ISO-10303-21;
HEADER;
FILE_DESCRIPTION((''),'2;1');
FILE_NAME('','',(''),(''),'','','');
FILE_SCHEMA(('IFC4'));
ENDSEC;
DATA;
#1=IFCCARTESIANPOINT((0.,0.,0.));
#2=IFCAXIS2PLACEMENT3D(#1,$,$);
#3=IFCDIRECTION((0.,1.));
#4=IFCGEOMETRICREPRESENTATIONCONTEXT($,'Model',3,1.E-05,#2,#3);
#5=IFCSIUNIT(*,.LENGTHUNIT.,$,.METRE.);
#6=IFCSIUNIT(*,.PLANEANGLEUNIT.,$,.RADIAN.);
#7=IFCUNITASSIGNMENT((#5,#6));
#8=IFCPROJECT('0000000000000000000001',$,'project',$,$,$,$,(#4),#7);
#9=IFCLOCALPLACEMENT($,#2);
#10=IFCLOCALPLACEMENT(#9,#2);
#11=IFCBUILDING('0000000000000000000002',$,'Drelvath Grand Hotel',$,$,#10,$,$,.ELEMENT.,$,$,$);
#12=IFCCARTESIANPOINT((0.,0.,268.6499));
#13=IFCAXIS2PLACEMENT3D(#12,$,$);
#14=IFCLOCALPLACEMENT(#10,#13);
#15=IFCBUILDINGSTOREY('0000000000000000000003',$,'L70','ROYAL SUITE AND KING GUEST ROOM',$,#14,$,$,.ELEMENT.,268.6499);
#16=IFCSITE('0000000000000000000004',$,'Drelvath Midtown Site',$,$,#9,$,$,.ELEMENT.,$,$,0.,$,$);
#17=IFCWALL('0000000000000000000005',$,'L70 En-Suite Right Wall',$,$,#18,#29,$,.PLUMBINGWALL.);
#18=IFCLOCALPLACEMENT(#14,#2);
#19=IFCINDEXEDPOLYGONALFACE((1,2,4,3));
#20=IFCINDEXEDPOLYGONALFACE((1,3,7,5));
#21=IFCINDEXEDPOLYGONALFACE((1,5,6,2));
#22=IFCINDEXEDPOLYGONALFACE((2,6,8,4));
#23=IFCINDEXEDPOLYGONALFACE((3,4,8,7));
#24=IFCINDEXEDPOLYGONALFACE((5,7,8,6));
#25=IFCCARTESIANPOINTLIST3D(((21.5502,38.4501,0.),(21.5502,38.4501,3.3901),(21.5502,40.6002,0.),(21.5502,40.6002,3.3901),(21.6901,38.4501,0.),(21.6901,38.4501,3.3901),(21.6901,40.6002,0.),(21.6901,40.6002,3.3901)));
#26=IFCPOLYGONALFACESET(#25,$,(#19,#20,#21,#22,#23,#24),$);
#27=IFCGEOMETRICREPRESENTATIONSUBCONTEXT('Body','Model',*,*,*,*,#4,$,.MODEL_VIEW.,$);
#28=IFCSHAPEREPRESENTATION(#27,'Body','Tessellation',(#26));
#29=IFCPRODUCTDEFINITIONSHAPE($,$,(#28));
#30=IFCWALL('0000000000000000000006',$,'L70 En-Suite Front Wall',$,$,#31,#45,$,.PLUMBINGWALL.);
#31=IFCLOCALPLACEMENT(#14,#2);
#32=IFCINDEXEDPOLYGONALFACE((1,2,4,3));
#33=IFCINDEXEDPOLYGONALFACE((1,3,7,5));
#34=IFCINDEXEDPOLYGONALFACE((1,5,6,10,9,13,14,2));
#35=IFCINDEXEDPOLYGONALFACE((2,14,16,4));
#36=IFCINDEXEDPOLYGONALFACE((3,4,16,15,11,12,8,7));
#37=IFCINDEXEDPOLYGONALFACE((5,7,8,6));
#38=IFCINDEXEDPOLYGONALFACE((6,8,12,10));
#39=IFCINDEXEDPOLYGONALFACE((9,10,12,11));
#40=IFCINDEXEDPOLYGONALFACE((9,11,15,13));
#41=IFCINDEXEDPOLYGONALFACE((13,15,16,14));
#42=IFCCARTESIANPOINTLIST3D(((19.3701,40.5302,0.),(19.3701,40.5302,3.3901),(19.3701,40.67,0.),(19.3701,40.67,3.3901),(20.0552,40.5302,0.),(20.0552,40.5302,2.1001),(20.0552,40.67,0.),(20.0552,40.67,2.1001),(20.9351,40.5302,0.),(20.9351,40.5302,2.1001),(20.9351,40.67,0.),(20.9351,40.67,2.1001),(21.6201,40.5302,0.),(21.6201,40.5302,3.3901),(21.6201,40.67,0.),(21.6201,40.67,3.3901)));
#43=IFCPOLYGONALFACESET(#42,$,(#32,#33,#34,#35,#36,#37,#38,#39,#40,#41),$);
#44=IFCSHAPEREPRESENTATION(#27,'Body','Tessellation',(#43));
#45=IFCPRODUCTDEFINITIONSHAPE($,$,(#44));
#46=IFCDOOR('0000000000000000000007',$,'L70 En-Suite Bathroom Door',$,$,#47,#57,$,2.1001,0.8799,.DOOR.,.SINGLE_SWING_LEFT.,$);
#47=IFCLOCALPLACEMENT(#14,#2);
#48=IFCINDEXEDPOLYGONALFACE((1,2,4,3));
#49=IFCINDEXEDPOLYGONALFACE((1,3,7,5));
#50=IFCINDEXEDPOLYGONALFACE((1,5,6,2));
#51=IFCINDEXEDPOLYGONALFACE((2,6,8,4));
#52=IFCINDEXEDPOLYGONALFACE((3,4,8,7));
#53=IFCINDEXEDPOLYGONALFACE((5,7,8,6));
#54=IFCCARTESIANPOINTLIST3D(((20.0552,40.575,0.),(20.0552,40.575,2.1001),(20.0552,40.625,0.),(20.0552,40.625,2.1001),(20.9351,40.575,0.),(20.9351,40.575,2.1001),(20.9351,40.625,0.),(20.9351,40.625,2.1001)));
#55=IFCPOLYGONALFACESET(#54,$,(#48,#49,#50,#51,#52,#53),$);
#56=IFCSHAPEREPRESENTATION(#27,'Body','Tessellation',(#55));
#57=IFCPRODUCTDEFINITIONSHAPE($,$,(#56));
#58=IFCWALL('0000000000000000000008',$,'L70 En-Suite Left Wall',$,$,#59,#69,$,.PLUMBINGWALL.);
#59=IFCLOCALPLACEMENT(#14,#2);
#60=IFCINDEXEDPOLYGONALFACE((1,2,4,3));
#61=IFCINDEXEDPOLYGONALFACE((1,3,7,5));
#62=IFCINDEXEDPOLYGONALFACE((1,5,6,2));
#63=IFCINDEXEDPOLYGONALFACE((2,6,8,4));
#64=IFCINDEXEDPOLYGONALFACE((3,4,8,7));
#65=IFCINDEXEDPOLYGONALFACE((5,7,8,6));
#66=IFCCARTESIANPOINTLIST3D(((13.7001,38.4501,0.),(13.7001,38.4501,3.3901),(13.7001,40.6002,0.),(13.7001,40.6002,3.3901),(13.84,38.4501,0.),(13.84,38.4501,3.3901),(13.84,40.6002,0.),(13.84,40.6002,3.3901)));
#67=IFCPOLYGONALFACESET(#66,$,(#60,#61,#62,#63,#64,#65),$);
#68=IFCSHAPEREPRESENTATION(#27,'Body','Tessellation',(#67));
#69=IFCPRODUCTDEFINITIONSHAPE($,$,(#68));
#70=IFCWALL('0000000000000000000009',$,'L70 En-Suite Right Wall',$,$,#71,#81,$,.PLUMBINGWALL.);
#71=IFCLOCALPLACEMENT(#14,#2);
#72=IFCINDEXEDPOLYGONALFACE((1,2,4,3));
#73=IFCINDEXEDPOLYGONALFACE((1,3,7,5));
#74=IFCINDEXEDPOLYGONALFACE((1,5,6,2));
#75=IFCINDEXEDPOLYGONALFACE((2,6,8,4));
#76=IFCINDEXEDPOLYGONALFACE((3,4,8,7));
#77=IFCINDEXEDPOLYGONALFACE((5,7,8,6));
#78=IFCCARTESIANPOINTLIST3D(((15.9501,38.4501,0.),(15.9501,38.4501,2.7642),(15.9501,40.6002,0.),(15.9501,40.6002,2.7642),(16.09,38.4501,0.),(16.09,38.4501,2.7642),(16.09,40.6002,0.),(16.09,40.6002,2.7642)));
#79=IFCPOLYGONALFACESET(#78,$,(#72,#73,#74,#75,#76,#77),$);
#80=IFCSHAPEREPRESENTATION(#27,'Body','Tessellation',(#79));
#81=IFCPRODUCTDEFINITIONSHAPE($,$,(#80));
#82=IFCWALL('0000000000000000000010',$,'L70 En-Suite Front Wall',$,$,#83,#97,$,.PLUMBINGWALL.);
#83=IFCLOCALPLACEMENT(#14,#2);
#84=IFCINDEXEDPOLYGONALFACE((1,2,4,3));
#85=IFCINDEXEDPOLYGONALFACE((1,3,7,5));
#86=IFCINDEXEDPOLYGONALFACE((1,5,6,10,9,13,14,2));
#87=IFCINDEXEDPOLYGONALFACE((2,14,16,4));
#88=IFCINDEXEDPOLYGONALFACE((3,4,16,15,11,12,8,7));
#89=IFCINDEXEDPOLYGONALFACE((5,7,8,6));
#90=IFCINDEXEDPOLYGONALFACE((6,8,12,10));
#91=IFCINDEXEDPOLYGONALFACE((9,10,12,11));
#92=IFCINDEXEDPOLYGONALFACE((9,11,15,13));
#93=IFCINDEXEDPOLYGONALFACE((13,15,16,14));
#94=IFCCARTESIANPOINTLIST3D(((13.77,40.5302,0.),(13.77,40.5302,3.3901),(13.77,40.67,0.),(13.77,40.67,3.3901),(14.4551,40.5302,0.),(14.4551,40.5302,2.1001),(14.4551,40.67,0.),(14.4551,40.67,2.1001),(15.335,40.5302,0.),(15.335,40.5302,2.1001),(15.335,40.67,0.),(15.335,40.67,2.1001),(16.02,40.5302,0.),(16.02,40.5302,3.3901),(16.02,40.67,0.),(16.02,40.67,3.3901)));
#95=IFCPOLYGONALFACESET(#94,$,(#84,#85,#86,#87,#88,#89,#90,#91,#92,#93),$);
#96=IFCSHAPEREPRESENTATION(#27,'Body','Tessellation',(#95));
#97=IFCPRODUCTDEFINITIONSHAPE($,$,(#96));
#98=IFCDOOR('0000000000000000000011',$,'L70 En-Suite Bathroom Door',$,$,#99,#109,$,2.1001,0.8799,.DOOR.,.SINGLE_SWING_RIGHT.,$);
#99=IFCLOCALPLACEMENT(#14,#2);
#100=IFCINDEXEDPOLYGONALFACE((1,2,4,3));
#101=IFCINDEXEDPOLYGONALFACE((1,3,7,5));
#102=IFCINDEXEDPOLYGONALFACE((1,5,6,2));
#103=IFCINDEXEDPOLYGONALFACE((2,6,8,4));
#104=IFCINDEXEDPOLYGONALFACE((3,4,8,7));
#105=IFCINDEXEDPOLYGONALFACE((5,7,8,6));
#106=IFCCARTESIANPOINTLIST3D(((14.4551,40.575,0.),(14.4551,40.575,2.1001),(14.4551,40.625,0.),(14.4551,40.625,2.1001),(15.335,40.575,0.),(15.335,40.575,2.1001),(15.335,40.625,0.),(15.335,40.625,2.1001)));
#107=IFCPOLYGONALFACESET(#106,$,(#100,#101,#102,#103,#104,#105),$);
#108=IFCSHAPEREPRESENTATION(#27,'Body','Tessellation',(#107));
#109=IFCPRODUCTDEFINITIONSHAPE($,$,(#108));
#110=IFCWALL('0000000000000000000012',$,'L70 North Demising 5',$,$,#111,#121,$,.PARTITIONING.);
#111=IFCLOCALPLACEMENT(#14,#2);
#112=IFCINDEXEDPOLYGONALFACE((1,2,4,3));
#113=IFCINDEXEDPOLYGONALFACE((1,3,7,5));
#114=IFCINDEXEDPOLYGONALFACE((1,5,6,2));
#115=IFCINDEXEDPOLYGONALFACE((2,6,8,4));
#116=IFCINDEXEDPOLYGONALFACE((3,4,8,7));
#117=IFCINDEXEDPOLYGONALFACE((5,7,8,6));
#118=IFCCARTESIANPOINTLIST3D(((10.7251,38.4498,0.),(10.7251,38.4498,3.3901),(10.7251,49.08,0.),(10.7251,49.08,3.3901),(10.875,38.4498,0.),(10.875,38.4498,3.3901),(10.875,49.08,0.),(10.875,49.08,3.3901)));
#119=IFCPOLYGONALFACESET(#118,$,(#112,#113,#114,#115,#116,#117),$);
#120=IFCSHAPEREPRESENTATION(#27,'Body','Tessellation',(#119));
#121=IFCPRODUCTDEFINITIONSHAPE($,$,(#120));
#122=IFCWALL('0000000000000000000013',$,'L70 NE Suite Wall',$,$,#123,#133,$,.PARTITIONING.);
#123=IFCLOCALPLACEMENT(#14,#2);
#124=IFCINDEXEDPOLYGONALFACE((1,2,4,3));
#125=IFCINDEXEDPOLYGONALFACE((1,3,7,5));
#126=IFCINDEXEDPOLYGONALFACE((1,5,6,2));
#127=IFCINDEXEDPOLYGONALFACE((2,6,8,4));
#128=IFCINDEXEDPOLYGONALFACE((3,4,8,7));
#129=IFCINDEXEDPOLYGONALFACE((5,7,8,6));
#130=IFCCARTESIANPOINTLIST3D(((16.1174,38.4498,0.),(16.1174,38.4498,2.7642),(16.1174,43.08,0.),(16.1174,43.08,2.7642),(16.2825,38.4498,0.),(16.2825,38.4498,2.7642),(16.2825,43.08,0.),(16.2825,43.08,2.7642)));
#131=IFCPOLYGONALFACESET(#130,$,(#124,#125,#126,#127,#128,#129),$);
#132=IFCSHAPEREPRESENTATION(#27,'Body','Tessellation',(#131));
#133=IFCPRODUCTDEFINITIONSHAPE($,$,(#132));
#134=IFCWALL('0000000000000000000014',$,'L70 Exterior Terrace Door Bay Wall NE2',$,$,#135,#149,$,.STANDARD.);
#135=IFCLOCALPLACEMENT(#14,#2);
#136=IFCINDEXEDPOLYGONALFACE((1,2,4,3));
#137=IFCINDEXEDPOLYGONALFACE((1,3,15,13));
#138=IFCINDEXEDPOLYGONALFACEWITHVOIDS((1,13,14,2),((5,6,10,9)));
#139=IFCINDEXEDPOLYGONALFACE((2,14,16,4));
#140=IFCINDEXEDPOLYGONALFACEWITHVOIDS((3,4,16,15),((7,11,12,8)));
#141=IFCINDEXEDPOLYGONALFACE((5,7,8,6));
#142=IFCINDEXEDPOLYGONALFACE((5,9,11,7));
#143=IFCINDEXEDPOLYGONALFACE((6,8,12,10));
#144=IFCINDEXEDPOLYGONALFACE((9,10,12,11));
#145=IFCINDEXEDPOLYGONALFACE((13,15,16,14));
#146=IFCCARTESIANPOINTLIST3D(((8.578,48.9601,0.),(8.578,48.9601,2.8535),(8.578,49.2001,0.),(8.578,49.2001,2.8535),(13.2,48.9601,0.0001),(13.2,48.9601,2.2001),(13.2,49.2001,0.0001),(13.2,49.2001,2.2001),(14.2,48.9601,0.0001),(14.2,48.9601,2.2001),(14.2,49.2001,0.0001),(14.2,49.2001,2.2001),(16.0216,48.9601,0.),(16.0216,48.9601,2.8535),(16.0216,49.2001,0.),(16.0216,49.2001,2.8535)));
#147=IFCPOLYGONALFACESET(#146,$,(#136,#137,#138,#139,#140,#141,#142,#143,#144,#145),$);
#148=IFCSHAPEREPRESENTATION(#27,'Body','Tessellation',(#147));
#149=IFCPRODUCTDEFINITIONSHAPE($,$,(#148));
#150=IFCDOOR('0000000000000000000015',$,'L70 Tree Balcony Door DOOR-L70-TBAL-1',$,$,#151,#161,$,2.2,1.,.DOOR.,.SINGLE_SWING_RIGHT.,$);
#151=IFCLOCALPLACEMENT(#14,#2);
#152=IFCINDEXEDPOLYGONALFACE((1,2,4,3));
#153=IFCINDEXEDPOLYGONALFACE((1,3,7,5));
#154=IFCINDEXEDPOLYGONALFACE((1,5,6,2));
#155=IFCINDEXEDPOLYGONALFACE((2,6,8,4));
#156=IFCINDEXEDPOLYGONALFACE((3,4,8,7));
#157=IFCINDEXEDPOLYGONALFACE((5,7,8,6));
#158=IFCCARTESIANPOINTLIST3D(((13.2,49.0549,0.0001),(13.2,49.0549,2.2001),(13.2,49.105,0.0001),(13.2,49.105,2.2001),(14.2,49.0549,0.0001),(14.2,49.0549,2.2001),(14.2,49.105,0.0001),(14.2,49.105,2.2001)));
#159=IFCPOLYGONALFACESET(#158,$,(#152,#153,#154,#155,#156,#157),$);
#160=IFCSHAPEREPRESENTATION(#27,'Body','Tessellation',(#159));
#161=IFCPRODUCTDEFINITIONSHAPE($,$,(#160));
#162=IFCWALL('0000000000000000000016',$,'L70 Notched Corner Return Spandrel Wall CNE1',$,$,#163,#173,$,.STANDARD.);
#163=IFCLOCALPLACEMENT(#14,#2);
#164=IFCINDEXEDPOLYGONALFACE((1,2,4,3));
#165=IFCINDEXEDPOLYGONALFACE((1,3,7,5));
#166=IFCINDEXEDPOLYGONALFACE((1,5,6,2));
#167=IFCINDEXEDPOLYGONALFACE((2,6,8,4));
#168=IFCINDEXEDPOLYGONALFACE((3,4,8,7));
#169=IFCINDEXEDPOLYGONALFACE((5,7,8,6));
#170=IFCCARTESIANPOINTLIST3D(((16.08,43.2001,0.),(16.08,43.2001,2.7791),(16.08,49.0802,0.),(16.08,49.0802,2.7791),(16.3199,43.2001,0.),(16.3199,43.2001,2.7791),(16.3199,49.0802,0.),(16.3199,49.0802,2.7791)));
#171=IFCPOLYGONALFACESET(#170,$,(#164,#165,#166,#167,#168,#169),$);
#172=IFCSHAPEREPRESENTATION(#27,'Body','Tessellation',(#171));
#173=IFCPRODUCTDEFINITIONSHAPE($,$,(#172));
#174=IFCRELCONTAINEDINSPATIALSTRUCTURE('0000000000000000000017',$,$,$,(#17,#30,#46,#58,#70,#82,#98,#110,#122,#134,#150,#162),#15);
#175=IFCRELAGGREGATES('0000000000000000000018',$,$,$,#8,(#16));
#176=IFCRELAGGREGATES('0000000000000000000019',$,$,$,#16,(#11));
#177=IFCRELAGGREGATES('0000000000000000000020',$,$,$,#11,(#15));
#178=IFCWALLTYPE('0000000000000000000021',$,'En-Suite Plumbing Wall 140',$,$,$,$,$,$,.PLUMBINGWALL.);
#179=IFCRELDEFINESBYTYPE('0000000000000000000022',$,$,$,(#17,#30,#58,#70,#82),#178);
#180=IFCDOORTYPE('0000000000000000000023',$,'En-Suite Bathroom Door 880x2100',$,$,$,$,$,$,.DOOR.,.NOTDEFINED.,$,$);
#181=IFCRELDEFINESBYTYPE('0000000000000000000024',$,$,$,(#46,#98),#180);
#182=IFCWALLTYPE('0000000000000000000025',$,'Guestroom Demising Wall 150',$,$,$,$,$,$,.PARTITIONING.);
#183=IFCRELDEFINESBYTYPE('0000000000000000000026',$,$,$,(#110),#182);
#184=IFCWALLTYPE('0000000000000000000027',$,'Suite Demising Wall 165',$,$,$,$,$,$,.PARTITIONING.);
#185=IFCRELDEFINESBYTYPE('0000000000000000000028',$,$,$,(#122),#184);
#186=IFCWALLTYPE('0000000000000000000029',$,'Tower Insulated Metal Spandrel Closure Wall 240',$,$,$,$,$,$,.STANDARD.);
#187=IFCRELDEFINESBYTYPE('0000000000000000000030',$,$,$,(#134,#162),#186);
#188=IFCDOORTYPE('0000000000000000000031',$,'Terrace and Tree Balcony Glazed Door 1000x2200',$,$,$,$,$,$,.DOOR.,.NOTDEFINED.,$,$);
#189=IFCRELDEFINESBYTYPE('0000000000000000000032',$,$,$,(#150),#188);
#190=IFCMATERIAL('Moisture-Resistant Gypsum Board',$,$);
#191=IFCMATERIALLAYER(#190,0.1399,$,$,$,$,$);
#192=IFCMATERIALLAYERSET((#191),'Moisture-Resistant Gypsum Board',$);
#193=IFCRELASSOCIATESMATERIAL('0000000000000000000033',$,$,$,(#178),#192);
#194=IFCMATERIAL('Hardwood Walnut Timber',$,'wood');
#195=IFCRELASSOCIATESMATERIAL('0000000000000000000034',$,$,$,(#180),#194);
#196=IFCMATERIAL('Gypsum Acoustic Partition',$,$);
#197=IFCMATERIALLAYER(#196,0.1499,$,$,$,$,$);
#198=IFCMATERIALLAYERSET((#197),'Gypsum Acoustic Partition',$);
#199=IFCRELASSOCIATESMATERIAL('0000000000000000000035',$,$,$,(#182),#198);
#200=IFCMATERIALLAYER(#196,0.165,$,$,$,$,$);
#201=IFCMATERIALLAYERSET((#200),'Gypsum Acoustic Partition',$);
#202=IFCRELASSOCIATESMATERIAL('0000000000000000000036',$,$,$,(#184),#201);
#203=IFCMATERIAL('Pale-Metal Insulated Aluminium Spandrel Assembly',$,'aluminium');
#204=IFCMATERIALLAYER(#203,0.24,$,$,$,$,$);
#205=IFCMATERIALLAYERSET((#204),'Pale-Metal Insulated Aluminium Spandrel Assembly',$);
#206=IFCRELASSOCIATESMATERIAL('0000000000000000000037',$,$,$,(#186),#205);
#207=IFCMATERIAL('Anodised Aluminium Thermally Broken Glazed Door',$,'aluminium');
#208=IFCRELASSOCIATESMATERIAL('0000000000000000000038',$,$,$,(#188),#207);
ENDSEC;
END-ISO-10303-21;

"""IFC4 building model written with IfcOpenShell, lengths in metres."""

from ifc_helpers import new_model, si_unit, direction, frame, frame_2d, origin, place, context, subcontext, project, spatial, rectangle, extrude, material, layer, layer_set, type_object, element, fill, save


model = new_model("IFC4")

# Units and contexts
model_context = context("Model", 3, precision=1e-05, world=origin(), true_north=direction((0.0, 1.0)))
body_context = subcontext(model_context, "Body", "Model", "MODEL_VIEW")
ifc_project = project(units=[si_unit("LENGTHUNIT", "METRE"), si_unit("PLANEANGLEUNIT", "RADIAN")], contexts=[model_context])

# Site, building, storey
site_placement = place(None, origin())
site = spatial("IfcSite", under=ifc_project, at=site_placement, Name="Drelvath Midtown Site", CompositionType="ELEMENT", RefElevation=0.0)
building_placement = place(site_placement, origin())
building = spatial("IfcBuilding", under=site, at=building_placement, Name="Drelvath Grand Hotel", CompositionType="ELEMENT")
storey_placement = place(building_placement, frame((0.0, 0.0, 268.6499)))
storey = spatial("IfcBuildingStorey", under=building, at=storey_placement, Name="L70", Description="ROYAL SUITE AND KING GUEST ROOM", CompositionType="ELEMENT", Elevation=268.6499)

# Wall
ifc_material_1 = material(Name="Moisture-Resistant Gypsum Board")
ifc_layer_1 = layer(ifc_material_1, 0.1399)
ifc_layer_set_1 = layer_set([ifc_layer_1], Name="Moisture-Resistant Gypsum Board")
wall_type_1 = type_object("IfcWallType", Name="En-Suite Plumbing Wall 140", PredefinedType="PLUMBINGWALL", material=ifc_layer_set_1)
for number, where, z_axis, x_axis, name in (
    (1, (21.6201, 38.45, 0.0), (0.0, 0.0, 1.0), (0.0, 1.0, 0.0), "L70 En-Suite Right Wall"),
):
    element("IfcWall", number, at=place(storey_placement, frame(where, z_axis=z_axis, x_axis=x_axis)), inside=storey, type_object=wall_type_1, Name=name, PredefinedType="PLUMBINGWALL", context=body_context, shape_type="SweptSolid", body=[
        extrude(rectangle(XDim=2.1501, YDim=0.1399, at=frame_2d((1.0752, 0.0))), origin(), (0.0, 0.0, 1.0), 3.3901),
    ])

# Wall, opening, door
wall_1_placement = place(storey_placement, frame((19.3701, 40.6001, 0.0), z_axis=(0.0, 0.0, 1.0), x_axis=(1.0, 0.0, 0.0)))
wall_1 = element("IfcWall", 2, at=wall_1_placement, inside=storey, type_object=wall_type_1, Name="L70 En-Suite Front Wall", PredefinedType="PLUMBINGWALL", context=body_context, shape_type="SweptSolid", body=[
    extrude(rectangle(XDim=2.25, YDim=0.1399, at=frame_2d((1.125, 0.0))), origin(), (0.0, 0.0, 1.0), 3.3901),
])
opening_1_placement = place(wall_1_placement, frame((0.6851, 0.0, 0.0)))
opening_1 = element("IfcOpeningElement", 3, at=opening_1_placement, cuts=wall_1, PredefinedType="OPENING", context=body_context, shape_type="SweptSolid", body=[
    extrude(rectangle(XDim=0.8799, YDim=2.1001, at=frame_2d((0.4399, 1.05))), frame((0.0, 0.0798, 0.0), z_axis=(0.0, -1.0, 0.0), x_axis=(1.0, 0.0, 0.0)), (0.0, 0.0, 1.0), 0.1599),
])
ifc_material_2 = material(Name="Hardwood Walnut Timber", Category="wood")
door_type_1 = type_object("IfcDoorType", Name="En-Suite Bathroom Door 880x2100", OperationType="NOTDEFINED", PredefinedType="DOOR", material=ifc_material_2)
door_1_placement = place(opening_1_placement, origin())
door_1 = element("IfcDoor", 4, at=door_1_placement, inside=storey, type_object=door_type_1, Name="L70 En-Suite Bathroom Door", OperationType="SINGLE_SWING_LEFT", OverallHeight=2.1001, OverallWidth=0.8799, PredefinedType="DOOR", context=body_context, shape_type="SweptSolid", body=[
    extrude(rectangle(XDim=0.8799, YDim=2.1001, at=frame_2d((0.4399, 1.05))), frame((0.0, 0.0249, 0.0), z_axis=(0.0, -1.0, 0.0), x_axis=(1.0, 0.0, 0.0)), (0.0, 0.0, 1.0), 0.05),
])
fill(opening_1, door_1)

# Walls
wall_2_placement = place(storey_placement, frame((13.77, 38.45, 0.0), z_axis=(0.0, 0.0, 1.0), x_axis=(0.0, 1.0, 0.0)))
element("IfcWall", 5, at=wall_2_placement, inside=storey, type_object=wall_type_1, Name="L70 En-Suite Left Wall", PredefinedType="PLUMBINGWALL", context=body_context, shape_type="SweptSolid", body=[
    extrude(rectangle(XDim=2.1501, YDim=0.1399, at=frame_2d((1.0752, 0.0))), origin(), (0.0, 0.0, 1.0), 3.3901),
])
wall_3_placement = place(storey_placement, frame((16.02, 38.45, 0.0), z_axis=(0.0, 0.0, 1.0), x_axis=(0.0, 1.0, 0.0)))
element("IfcWall", 6, at=wall_3_placement, inside=storey, type_object=wall_type_1, Name="L70 En-Suite Right Wall", PredefinedType="PLUMBINGWALL", context=body_context, shape_type="SweptSolid", body=[
    extrude(rectangle(XDim=2.1501, YDim=0.1399, at=frame_2d((1.0752, 0.0))), origin(), (0.0, 0.0, 1.0), 2.7642),
])

# Wall, opening, door
wall_4_placement = place(storey_placement, frame((13.77, 40.6001, 0.0), z_axis=(0.0, 0.0, 1.0), x_axis=(1.0, 0.0, 0.0)))
wall_4 = element("IfcWall", 7, at=wall_4_placement, inside=storey, type_object=wall_type_1, Name="L70 En-Suite Front Wall", PredefinedType="PLUMBINGWALL", context=body_context, shape_type="SweptSolid", body=[
    extrude(rectangle(XDim=2.25, YDim=0.1399, at=frame_2d((1.125, 0.0))), origin(), (0.0, 0.0, 1.0), 3.3901),
])
opening_2_placement = place(wall_4_placement, frame((0.6851, 0.0, 0.0)))
opening_2 = element("IfcOpeningElement", 8, at=opening_2_placement, cuts=wall_4, PredefinedType="OPENING", context=body_context, shape_type="SweptSolid", body=[
    extrude(rectangle(XDim=0.8799, YDim=2.1001, at=frame_2d((0.4399, 1.05))), frame((0.0, 0.0798, 0.0), z_axis=(0.0, -1.0, 0.0), x_axis=(1.0, 0.0, 0.0)), (0.0, 0.0, 1.0), 0.1599),
])
door_2_placement = place(opening_2_placement, origin())
door_2 = element("IfcDoor", 9, at=door_2_placement, inside=storey, type_object=door_type_1, Name="L70 En-Suite Bathroom Door", OperationType="SINGLE_SWING_RIGHT", OverallHeight=2.1001, OverallWidth=0.8799, PredefinedType="DOOR", context=body_context, shape_type="SweptSolid", body=[
    extrude(rectangle(XDim=0.8799, YDim=2.1001, at=frame_2d((0.4399, 1.05))), frame((0.0, 0.0249, 0.0), z_axis=(0.0, -1.0, 0.0), x_axis=(1.0, 0.0, 0.0)), (0.0, 0.0, 1.0), 0.05),
])
fill(opening_2, door_2)

# Walls
ifc_material_3 = material(Name="Gypsum Acoustic Partition")
ifc_layer_2 = layer(ifc_material_3, 0.1499)
ifc_layer_set_2 = layer_set([ifc_layer_2], Name="Gypsum Acoustic Partition")
wall_type_2 = type_object("IfcWallType", Name="Guestroom Demising Wall 150", PredefinedType="PARTITIONING", material=ifc_layer_set_2)
wall_5_placement = place(storey_placement, frame((10.8, 38.45, 0.0), z_axis=(0.0, 0.0, 1.0), x_axis=(0.0, 1.0, 0.0)))
element("IfcWall", 10, at=wall_5_placement, inside=storey, type_object=wall_type_2, Name="L70 North Demising 5", PredefinedType="PARTITIONING", context=body_context, shape_type="SweptSolid", body=[
    extrude(rectangle(XDim=10.6301, YDim=0.1499, at=frame_2d((5.3149, 0.0))), origin(), (0.0, 0.0, 1.0), 3.3901),
])
ifc_layer_3 = layer(ifc_material_3, 0.165)
ifc_layer_set_3 = layer_set([ifc_layer_3], Name="Gypsum Acoustic Partition")
wall_type_3 = type_object("IfcWallType", Name="Suite Demising Wall 165", PredefinedType="PARTITIONING", material=ifc_layer_set_3)
wall_6_placement = place(storey_placement, frame((16.2, 38.45, 0.0), z_axis=(0.0, 0.0, 1.0), x_axis=(0.0, 1.0, 0.0)))
element("IfcWall", 11, at=wall_6_placement, inside=storey, type_object=wall_type_3, Name="L70 NE Suite Wall", PredefinedType="PARTITIONING", context=body_context, shape_type="SweptSolid", body=[
    extrude(rectangle(XDim=4.6301, YDim=0.165, at=frame_2d((2.3149, 0.0))), origin(), (0.0, 0.0, 1.0), 2.7642),
])

# Wall, opening, door
ifc_material_4 = material(Name="Pale-Metal Insulated Aluminium Spandrel Assembly", Category="aluminium")
ifc_layer_4 = layer(ifc_material_4, 0.24)
ifc_layer_set_4 = layer_set([ifc_layer_4], Name="Pale-Metal Insulated Aluminium Spandrel Assembly")
wall_type_4 = type_object("IfcWallType", Name="Tower Insulated Metal Spandrel Closure Wall 240", PredefinedType="STANDARD", material=ifc_layer_set_4)
wall_7_placement = place(storey_placement, frame((8.5781, 49.0801, 0.0), z_axis=(0.0, 0.0, 1.0), x_axis=(1.0, 0.0, 0.0)))
wall_7 = element("IfcWall", 12, at=wall_7_placement, inside=storey, type_object=wall_type_4, Name="L70 Exterior Terrace Door Bay Wall NE2", PredefinedType="STANDARD", context=body_context, shape_type="SweptSolid", body=[
    extrude(rectangle(XDim=7.4436, YDim=0.24, at=frame_2d((3.7217, 0.0))), origin(), (0.0, 0.0, 1.0), 2.8535),
])
opening_3_placement = place(wall_7_placement, frame((4.6218, 0.0, 0.0)))
opening_3 = element("IfcOpeningElement", 13, at=opening_3_placement, cuts=wall_7, PredefinedType="OPENING", context=body_context, shape_type="SweptSolid", body=[
    extrude(rectangle(XDim=1.0, YDim=2.2, at=frame_2d((0.5, 1.1001))), frame((0.0, 0.1299, 0.0), z_axis=(0.0, -1.0, 0.0), x_axis=(1.0, 0.0, 0.0)), (0.0, 0.0, 1.0), 0.26),
])
ifc_material_5 = material(Name="Anodised Aluminium Thermally Broken Glazed Door", Category="aluminium")
door_type_2 = type_object("IfcDoorType", Name="Terrace and Tree Balcony Glazed Door 1000x2200", OperationType="NOTDEFINED", PredefinedType="DOOR", material=ifc_material_5)
door_3_placement = place(opening_3_placement, origin())
door_3 = element("IfcDoor", 14, at=door_3_placement, inside=storey, type_object=door_type_2, Name="L70 Tree Balcony Door DOOR-L70-TBAL-1", OperationType="SINGLE_SWING_RIGHT", OverallHeight=2.2, OverallWidth=1.0, PredefinedType="DOOR", context=body_context, shape_type="SweptSolid", body=[
    extrude(rectangle(XDim=1.0, YDim=2.2, at=frame_2d((0.5, 1.1001))), frame((0.0, 0.0249, 0.0), z_axis=(0.0, -1.0, 0.0), x_axis=(1.0, 0.0, 0.0)), (0.0, 0.0, 1.0), 0.05),
])
fill(opening_3, door_3)

# Wall
for number, where, z_axis, x_axis, name in (
    (15, (16.2, 49.0801, 0.0), (0.0, 0.0, 1.0), (0.0, -1.0, 0.0), "L70 Notched Corner Return Spandrel Wall CNE1"),
):
    element("IfcWall", number, at=place(storey_placement, frame(where, z_axis=z_axis, x_axis=x_axis)), inside=storey, type_object=wall_type_4, Name=name, PredefinedType="STANDARD", context=body_context, shape_type="SweptSolid", body=[
        extrude(rectangle(XDim=5.8801, YDim=0.24, at=frame_2d((2.9399, 0.0))), origin(), (0.0, 0.0, 1.0), 2.7791),
    ])

save(model, "model.ifc")
